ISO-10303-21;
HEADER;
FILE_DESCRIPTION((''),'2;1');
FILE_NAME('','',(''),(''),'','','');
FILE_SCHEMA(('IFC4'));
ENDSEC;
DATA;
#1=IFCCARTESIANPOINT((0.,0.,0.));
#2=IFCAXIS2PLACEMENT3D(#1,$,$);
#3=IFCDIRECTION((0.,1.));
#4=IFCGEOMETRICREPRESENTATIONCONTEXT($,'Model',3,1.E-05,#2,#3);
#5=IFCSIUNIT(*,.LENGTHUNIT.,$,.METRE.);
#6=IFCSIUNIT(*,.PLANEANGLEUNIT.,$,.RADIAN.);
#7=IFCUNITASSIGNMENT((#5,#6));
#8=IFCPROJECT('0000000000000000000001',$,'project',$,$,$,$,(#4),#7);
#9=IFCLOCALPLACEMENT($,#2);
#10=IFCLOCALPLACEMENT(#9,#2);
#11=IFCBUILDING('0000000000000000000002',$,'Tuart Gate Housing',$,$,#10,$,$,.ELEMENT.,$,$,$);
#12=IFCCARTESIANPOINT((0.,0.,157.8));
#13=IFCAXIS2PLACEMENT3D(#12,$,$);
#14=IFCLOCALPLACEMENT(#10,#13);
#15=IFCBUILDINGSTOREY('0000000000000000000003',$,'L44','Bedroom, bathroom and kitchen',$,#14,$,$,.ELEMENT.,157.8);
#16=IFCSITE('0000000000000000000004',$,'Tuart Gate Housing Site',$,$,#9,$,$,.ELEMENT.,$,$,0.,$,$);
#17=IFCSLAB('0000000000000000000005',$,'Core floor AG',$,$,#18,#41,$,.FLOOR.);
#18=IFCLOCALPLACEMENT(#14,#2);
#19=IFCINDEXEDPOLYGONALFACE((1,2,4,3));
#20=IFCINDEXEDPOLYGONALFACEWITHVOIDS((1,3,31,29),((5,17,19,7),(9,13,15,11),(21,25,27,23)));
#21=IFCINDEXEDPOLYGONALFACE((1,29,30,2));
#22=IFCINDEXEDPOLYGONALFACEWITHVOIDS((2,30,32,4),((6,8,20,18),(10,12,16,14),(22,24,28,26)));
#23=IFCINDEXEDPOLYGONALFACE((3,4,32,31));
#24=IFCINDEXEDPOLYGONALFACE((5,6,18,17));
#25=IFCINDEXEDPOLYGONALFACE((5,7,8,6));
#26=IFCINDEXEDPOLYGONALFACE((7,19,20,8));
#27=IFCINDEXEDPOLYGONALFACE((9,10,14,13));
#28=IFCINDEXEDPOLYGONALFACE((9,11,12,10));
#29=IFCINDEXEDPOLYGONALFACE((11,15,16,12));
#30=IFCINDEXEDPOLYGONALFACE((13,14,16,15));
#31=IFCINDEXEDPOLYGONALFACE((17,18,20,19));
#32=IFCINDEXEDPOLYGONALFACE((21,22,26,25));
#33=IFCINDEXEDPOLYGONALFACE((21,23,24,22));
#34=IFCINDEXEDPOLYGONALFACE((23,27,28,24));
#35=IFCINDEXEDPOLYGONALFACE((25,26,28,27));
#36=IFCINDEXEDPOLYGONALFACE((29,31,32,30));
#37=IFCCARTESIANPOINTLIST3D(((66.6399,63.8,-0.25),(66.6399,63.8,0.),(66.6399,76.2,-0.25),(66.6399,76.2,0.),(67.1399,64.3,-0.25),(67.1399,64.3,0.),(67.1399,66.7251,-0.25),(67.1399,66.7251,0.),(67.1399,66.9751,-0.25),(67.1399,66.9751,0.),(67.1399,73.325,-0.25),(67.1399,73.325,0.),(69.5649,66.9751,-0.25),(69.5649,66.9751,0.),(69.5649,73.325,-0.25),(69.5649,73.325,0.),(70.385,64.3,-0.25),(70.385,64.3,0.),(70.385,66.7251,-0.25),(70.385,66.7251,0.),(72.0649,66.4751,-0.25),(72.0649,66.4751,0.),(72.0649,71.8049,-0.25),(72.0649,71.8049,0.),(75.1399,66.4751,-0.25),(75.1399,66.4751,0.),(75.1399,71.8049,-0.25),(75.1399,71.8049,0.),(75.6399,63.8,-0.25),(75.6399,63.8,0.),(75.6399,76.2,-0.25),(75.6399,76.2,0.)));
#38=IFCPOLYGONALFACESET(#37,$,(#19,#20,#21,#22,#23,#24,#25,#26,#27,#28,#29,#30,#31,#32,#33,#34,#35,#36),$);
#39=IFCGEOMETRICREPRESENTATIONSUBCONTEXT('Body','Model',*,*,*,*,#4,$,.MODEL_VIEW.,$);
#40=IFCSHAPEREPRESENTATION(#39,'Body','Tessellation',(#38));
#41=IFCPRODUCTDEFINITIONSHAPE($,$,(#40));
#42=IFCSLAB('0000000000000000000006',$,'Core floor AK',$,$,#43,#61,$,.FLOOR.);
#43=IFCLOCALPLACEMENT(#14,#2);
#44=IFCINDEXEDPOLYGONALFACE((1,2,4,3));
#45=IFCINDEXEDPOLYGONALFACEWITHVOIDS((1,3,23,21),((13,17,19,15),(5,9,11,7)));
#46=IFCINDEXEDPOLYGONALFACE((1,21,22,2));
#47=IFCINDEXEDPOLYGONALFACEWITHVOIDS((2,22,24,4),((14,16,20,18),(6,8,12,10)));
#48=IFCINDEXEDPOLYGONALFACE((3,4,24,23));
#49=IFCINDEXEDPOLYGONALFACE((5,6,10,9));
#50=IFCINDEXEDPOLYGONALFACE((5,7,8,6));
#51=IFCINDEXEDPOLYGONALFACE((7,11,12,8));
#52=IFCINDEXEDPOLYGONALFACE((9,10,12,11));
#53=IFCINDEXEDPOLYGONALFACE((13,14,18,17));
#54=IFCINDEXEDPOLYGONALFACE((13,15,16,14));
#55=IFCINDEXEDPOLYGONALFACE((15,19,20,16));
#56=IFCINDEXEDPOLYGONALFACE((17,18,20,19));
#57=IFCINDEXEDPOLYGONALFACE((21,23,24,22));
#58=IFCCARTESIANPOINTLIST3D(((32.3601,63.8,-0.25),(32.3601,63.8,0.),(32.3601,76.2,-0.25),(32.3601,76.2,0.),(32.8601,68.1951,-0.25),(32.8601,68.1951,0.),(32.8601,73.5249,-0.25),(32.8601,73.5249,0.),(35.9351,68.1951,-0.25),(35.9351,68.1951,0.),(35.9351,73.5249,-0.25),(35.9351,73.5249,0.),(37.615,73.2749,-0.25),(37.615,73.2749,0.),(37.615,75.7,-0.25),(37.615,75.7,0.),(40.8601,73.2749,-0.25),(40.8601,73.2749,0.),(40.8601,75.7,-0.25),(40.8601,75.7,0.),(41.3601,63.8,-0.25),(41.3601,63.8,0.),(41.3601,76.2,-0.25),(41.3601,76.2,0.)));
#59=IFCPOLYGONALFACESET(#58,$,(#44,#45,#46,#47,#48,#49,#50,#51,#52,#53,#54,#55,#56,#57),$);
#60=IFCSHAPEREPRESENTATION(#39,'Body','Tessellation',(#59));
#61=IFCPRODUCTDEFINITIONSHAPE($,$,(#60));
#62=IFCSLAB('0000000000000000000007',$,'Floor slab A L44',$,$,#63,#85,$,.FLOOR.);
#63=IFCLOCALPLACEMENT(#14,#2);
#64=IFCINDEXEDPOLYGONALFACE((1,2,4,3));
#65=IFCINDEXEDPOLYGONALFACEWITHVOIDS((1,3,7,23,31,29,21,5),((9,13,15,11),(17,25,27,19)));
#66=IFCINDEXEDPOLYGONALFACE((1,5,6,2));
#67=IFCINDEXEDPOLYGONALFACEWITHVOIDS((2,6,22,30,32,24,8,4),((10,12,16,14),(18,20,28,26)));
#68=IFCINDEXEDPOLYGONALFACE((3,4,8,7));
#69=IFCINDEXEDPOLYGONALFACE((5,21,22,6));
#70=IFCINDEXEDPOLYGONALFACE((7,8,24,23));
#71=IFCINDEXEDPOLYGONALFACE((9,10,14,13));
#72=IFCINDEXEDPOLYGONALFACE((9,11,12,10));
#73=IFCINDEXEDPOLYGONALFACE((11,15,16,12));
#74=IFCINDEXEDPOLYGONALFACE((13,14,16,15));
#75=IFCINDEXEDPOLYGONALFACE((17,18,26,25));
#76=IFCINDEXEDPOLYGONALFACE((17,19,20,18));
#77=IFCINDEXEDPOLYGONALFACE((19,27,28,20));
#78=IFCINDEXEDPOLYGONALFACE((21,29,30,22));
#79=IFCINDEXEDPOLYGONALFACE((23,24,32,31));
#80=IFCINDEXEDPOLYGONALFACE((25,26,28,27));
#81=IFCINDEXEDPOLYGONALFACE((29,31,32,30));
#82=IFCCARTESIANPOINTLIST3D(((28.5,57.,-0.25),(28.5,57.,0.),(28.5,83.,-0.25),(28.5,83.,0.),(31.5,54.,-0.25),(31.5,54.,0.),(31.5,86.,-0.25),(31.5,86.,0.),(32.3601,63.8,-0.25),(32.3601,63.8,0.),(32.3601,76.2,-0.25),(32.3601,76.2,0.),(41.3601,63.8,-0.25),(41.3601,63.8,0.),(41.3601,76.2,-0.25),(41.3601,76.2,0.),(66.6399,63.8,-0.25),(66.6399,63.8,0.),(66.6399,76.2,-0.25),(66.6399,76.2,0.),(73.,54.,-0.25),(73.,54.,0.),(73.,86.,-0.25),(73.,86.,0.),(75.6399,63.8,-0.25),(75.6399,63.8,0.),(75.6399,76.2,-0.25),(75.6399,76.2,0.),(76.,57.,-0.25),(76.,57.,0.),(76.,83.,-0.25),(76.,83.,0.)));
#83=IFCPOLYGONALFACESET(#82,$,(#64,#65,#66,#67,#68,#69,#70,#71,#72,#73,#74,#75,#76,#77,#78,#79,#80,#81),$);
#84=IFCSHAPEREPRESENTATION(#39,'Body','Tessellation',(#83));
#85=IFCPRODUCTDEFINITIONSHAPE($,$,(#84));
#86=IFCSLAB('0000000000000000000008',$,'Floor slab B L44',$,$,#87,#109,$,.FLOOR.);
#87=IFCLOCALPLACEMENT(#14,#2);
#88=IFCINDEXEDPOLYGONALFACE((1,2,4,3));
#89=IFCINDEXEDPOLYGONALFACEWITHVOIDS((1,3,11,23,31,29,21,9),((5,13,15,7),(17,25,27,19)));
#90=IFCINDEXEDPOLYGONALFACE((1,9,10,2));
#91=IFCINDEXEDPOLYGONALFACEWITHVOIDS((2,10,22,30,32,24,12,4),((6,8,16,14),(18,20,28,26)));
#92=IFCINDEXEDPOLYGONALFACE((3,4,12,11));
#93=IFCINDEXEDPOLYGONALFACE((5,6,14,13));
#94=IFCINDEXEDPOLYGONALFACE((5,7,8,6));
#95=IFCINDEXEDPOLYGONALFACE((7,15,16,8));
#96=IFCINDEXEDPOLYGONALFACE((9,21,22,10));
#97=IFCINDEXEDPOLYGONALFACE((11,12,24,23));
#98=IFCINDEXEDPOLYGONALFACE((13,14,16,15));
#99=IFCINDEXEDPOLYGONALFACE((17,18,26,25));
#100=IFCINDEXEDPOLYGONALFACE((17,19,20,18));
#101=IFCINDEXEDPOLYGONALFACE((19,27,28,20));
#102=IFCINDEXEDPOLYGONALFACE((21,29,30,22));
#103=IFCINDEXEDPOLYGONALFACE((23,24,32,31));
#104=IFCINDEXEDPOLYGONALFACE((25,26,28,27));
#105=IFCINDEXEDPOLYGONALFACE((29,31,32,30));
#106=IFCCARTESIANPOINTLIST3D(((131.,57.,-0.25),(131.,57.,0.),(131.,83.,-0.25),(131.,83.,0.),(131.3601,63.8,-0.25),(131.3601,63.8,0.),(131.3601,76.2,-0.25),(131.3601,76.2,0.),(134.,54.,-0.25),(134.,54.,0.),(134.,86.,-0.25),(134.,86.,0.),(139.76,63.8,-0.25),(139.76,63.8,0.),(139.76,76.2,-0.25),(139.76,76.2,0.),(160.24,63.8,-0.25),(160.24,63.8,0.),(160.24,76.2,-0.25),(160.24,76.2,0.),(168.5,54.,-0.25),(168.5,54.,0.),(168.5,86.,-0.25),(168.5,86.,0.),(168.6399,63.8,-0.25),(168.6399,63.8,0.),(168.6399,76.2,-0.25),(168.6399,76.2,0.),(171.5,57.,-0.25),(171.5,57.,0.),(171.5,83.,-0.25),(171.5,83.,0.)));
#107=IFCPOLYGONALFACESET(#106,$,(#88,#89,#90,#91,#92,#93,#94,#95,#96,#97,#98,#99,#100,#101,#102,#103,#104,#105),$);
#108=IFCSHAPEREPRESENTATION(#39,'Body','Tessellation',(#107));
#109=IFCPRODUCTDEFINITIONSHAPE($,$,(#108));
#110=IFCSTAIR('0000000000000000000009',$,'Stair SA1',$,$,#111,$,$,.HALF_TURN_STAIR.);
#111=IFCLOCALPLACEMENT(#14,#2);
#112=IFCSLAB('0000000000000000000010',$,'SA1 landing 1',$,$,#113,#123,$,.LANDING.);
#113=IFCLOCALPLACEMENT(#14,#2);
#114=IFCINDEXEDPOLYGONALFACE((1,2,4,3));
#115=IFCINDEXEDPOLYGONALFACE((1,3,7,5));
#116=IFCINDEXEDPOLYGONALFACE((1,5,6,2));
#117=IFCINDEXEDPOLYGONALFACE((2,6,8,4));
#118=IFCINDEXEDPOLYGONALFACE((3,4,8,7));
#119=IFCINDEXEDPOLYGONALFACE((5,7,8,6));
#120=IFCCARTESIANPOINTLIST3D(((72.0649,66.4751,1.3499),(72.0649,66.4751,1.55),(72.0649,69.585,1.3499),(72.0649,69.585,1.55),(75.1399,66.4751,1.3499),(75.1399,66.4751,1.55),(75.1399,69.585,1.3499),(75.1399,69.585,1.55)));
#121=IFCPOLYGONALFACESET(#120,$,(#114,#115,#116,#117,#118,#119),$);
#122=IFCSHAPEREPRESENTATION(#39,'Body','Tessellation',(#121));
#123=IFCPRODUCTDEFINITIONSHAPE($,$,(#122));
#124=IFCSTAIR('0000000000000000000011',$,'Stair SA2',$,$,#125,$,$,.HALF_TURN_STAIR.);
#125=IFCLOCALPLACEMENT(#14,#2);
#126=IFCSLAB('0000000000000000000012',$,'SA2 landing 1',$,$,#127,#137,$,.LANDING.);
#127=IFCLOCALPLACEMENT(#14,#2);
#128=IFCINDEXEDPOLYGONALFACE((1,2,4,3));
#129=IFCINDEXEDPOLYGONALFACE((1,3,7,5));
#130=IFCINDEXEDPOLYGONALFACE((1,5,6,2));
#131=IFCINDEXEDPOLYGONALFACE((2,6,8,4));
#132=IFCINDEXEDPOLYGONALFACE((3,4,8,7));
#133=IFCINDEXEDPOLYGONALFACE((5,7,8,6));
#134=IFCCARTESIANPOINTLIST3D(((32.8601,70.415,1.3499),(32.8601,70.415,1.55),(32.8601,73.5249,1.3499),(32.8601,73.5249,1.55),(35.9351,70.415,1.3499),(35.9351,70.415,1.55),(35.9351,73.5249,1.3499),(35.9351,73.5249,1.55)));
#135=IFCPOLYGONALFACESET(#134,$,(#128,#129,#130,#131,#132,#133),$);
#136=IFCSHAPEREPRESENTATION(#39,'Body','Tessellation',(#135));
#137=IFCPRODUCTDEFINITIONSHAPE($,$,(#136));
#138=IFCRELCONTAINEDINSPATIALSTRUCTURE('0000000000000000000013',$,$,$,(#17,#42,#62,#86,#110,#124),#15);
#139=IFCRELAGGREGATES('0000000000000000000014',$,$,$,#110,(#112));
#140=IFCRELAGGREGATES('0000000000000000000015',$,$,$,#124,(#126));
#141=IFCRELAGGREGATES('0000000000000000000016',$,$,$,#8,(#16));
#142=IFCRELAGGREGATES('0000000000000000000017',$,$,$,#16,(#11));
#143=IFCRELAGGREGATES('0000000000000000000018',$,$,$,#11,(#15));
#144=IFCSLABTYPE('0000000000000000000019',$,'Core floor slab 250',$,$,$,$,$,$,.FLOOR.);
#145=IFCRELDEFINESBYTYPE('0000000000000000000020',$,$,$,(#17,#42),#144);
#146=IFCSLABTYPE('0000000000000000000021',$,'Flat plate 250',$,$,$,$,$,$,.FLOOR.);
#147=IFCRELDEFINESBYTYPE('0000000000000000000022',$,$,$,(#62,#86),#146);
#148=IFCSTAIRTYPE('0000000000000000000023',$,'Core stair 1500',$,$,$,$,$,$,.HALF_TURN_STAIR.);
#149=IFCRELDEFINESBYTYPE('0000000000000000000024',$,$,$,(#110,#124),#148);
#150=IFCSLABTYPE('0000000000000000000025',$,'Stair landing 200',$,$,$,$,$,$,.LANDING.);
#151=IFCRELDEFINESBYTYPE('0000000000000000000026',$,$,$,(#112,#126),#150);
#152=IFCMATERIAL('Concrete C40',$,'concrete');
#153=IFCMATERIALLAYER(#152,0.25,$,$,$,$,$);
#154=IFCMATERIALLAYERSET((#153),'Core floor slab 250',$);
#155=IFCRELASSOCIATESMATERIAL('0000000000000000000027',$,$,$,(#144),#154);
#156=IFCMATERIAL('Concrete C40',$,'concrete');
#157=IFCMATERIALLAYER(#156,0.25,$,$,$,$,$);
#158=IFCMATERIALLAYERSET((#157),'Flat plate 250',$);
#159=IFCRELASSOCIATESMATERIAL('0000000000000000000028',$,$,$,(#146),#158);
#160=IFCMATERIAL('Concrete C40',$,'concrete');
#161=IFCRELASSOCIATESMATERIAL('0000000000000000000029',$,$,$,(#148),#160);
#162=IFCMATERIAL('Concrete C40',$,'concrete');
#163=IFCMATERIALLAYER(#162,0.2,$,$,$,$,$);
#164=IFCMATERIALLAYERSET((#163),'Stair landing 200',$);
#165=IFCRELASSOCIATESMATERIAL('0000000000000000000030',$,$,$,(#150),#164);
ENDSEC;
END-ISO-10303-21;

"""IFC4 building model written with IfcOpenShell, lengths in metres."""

from ifc_helpers import new_model, si_unit, direction, frame, origin, place, context, subcontext, project, spatial, polyline, outline, extrude, material, layer, layer_set, type_object, element, aggregate, save


model = new_model("IFC4")

# Units and contexts
model_context = context("Model", 3, precision=1e-05, world=origin(), true_north=direction((0.0, 1.0)))
body_context = subcontext(model_context, "Body", "Model", "MODEL_VIEW")
ifc_project = project(units=[si_unit("LENGTHUNIT", "METRE"), si_unit("PLANEANGLEUNIT", "RADIAN")], contexts=[model_context])

# Site, building, storey
site_placement = place(None, origin())
site = spatial("IfcSite", under=ifc_project, at=site_placement, Name="Tuart Gate Housing Site", CompositionType="ELEMENT", RefElevation=0.0)
building_placement = place(site_placement, origin())
building = spatial("IfcBuilding", under=site, at=building_placement, Name="Tuart Gate Housing", CompositionType="ELEMENT")
storey_placement = place(building_placement, frame((0.0, 0.0, 157.8)))
storey = spatial("IfcBuildingStorey", under=building, at=storey_placement, Name="L44", Description="Bedroom, bathroom and kitchen", CompositionType="ELEMENT", Elevation=157.8)

# Slabs
ifc_material_1 = material(Name="Concrete C40", Category="concrete")
ifc_layer_1 = layer(ifc_material_1, 0.25)
ifc_layer_set_1 = layer_set([ifc_layer_1], Name="Core floor slab 250")
slab_type_1 = type_object("IfcSlabType", Name="Core floor slab 250", PredefinedType="FLOOR", material=ifc_layer_set_1)
slab_1_placement = place(storey_placement, frame((0.0, 0.0, -0.25)))
element("IfcSlab", 1, at=slab_1_placement, inside=storey, type_object=slab_type_1, Name="Core floor AG", PredefinedType="FLOOR", context=body_context, shape_type="SweptSolid", body=[
    extrude(outline(polyline([(66.6399, 63.8), (75.6399, 63.8), (75.6399, 76.2), (66.6399, 76.2), (66.6399, 63.8)]), holes=[polyline([(67.1399, 64.3), (70.385, 64.3), (70.385, 66.7251), (67.1399, 66.7251), (67.1399, 64.3)]), polyline([(67.1399, 66.9751), (69.5649, 66.9751), (69.5649, 73.325), (67.1399, 73.325), (67.1399, 66.9751)]), polyline([(72.0649, 66.4751), (75.1399, 66.4751), (75.1399, 71.8049), (72.0649, 71.8049), (72.0649, 66.4751)])]), origin(), (0.0, 0.0, 1.0), 0.25),
])
slab_2_placement = place(storey_placement, frame((0.0, 0.0, -0.25)))
element("IfcSlab", 2, at=slab_2_placement, inside=storey, type_object=slab_type_1, Name="Core floor AK", PredefinedType="FLOOR", context=body_context, shape_type="SweptSolid", body=[
    extrude(outline(polyline([(32.3601, 63.8), (41.3601, 63.8), (41.3601, 76.2), (32.3601, 76.2), (32.3601, 63.8)]), holes=[polyline([(40.8601, 75.7), (37.615, 75.7), (37.615, 73.2749), (40.8601, 73.2749), (40.8601, 75.7)]), polyline([(35.9351, 73.5249), (32.8601, 73.5249), (32.8601, 68.1951), (35.9351, 68.1951), (35.9351, 73.5249)])]), origin(), (0.0, 0.0, 1.0), 0.25),
])
ifc_material_2 = material(Name="Concrete C40", Category="concrete")
ifc_layer_2 = layer(ifc_material_2, 0.25)
ifc_layer_set_2 = layer_set([ifc_layer_2], Name="Flat plate 250")
slab_type_2 = type_object("IfcSlabType", Name="Flat plate 250", PredefinedType="FLOOR", material=ifc_layer_set_2)
slab_3_placement = place(storey_placement, frame((0.0, 0.0, -0.25)))
element("IfcSlab", 3, at=slab_3_placement, inside=storey, type_object=slab_type_2, Name="Floor slab A L44", PredefinedType="FLOOR", context=body_context, shape_type="SweptSolid", body=[
    extrude(outline(polyline([(31.5, 86.0), (28.5, 83.0), (28.5, 57.0), (31.5, 54.0), (73.0, 54.0), (76.0, 57.0), (76.0, 83.0), (73.0, 86.0), (31.5, 86.0)]), holes=[polyline([(66.6399, 76.2), (75.6399, 76.2), (75.6399, 63.8), (66.6399, 63.8), (66.6399, 76.2)]), polyline([(41.3601, 76.2), (41.3601, 63.8), (32.3601, 63.8), (32.3601, 76.2), (41.3601, 76.2)])]), origin(), (0.0, 0.0, 1.0), 0.25),
])
slab_4_placement = place(storey_placement, frame((0.0, 0.0, -0.25)))
element("IfcSlab", 4, at=slab_4_placement, inside=storey, type_object=slab_type_2, Name="Floor slab B L44", PredefinedType="FLOOR", context=body_context, shape_type="SweptSolid", body=[
    extrude(outline(polyline([(134.0, 86.0), (131.0, 83.0), (131.0, 57.0), (134.0, 54.0), (168.5, 54.0), (171.5, 57.0), (171.5, 83.0), (168.5, 86.0), (134.0, 86.0)]), holes=[polyline([(131.3601, 76.2), (139.76, 76.2), (139.76, 63.8), (131.3601, 63.8), (131.3601, 76.2)]), polyline([(168.6399, 76.2), (168.6399, 63.8), (160.24, 63.8), (160.24, 76.2), (168.6399, 76.2)])]), origin(), (0.0, 0.0, 1.0), 0.25),
])

# Stairs, slabs
ifc_material_3 = material(Name="Concrete C40", Category="concrete")
stair_type = type_object("IfcStairType", Name="Core stair 1500", PredefinedType="HALF_TURN_STAIR", material=ifc_material_3)
stair_1_placement = place(storey_placement, origin())
stair_1 = element("IfcStair", 5, at=stair_1_placement, inside=storey, type_object=stair_type, Name="Stair SA1", PredefinedType="HALF_TURN_STAIR")
ifc_material_4 = material(Name="Concrete C40", Category="concrete")
ifc_layer_3 = layer(ifc_material_4, 0.2)
ifc_layer_set_3 = layer_set([ifc_layer_3], Name="Stair landing 200")
slab_type_3 = type_object("IfcSlabType", Name="Stair landing 200", PredefinedType="LANDING", material=ifc_layer_set_3)
slab_5_placement = place(storey_placement, frame((0.0, 0.0, 1.3499)))
slab_5 = element("IfcSlab", 6, at=slab_5_placement, type_object=slab_type_3, Name="SA1 landing 1", PredefinedType="LANDING", context=body_context, shape_type="SweptSolid", body=[
    extrude(outline(polyline([(72.0649, 66.4751), (75.1399, 66.4751), (75.1399, 69.585), (72.0649, 69.585), (72.0649, 66.4751)])), origin(), (0.0, 0.0, 1.0), 0.2002),
])
aggregate(stair_1, [slab_5])
stair_2_placement = place(storey_placement, origin())
stair_2 = element("IfcStair", 7, at=stair_2_placement, inside=storey, type_object=stair_type, Name="Stair SA2", PredefinedType="HALF_TURN_STAIR")
slab_6_placement = place(storey_placement, frame((0.0, 0.0, 1.3499)))
slab_6 = element("IfcSlab", 8, at=slab_6_placement, type_object=slab_type_3, Name="SA2 landing 1", PredefinedType="LANDING", context=body_context, shape_type="SweptSolid", body=[
    extrude(outline(polyline([(35.9351, 73.5249), (32.8601, 73.5249), (32.8601, 70.415), (35.9351, 70.415), (35.9351, 73.5249)])), origin(), (0.0, 0.0, 1.0), 0.2002),
])
aggregate(stair_2, [slab_6])

save(model, "model.ifc")
